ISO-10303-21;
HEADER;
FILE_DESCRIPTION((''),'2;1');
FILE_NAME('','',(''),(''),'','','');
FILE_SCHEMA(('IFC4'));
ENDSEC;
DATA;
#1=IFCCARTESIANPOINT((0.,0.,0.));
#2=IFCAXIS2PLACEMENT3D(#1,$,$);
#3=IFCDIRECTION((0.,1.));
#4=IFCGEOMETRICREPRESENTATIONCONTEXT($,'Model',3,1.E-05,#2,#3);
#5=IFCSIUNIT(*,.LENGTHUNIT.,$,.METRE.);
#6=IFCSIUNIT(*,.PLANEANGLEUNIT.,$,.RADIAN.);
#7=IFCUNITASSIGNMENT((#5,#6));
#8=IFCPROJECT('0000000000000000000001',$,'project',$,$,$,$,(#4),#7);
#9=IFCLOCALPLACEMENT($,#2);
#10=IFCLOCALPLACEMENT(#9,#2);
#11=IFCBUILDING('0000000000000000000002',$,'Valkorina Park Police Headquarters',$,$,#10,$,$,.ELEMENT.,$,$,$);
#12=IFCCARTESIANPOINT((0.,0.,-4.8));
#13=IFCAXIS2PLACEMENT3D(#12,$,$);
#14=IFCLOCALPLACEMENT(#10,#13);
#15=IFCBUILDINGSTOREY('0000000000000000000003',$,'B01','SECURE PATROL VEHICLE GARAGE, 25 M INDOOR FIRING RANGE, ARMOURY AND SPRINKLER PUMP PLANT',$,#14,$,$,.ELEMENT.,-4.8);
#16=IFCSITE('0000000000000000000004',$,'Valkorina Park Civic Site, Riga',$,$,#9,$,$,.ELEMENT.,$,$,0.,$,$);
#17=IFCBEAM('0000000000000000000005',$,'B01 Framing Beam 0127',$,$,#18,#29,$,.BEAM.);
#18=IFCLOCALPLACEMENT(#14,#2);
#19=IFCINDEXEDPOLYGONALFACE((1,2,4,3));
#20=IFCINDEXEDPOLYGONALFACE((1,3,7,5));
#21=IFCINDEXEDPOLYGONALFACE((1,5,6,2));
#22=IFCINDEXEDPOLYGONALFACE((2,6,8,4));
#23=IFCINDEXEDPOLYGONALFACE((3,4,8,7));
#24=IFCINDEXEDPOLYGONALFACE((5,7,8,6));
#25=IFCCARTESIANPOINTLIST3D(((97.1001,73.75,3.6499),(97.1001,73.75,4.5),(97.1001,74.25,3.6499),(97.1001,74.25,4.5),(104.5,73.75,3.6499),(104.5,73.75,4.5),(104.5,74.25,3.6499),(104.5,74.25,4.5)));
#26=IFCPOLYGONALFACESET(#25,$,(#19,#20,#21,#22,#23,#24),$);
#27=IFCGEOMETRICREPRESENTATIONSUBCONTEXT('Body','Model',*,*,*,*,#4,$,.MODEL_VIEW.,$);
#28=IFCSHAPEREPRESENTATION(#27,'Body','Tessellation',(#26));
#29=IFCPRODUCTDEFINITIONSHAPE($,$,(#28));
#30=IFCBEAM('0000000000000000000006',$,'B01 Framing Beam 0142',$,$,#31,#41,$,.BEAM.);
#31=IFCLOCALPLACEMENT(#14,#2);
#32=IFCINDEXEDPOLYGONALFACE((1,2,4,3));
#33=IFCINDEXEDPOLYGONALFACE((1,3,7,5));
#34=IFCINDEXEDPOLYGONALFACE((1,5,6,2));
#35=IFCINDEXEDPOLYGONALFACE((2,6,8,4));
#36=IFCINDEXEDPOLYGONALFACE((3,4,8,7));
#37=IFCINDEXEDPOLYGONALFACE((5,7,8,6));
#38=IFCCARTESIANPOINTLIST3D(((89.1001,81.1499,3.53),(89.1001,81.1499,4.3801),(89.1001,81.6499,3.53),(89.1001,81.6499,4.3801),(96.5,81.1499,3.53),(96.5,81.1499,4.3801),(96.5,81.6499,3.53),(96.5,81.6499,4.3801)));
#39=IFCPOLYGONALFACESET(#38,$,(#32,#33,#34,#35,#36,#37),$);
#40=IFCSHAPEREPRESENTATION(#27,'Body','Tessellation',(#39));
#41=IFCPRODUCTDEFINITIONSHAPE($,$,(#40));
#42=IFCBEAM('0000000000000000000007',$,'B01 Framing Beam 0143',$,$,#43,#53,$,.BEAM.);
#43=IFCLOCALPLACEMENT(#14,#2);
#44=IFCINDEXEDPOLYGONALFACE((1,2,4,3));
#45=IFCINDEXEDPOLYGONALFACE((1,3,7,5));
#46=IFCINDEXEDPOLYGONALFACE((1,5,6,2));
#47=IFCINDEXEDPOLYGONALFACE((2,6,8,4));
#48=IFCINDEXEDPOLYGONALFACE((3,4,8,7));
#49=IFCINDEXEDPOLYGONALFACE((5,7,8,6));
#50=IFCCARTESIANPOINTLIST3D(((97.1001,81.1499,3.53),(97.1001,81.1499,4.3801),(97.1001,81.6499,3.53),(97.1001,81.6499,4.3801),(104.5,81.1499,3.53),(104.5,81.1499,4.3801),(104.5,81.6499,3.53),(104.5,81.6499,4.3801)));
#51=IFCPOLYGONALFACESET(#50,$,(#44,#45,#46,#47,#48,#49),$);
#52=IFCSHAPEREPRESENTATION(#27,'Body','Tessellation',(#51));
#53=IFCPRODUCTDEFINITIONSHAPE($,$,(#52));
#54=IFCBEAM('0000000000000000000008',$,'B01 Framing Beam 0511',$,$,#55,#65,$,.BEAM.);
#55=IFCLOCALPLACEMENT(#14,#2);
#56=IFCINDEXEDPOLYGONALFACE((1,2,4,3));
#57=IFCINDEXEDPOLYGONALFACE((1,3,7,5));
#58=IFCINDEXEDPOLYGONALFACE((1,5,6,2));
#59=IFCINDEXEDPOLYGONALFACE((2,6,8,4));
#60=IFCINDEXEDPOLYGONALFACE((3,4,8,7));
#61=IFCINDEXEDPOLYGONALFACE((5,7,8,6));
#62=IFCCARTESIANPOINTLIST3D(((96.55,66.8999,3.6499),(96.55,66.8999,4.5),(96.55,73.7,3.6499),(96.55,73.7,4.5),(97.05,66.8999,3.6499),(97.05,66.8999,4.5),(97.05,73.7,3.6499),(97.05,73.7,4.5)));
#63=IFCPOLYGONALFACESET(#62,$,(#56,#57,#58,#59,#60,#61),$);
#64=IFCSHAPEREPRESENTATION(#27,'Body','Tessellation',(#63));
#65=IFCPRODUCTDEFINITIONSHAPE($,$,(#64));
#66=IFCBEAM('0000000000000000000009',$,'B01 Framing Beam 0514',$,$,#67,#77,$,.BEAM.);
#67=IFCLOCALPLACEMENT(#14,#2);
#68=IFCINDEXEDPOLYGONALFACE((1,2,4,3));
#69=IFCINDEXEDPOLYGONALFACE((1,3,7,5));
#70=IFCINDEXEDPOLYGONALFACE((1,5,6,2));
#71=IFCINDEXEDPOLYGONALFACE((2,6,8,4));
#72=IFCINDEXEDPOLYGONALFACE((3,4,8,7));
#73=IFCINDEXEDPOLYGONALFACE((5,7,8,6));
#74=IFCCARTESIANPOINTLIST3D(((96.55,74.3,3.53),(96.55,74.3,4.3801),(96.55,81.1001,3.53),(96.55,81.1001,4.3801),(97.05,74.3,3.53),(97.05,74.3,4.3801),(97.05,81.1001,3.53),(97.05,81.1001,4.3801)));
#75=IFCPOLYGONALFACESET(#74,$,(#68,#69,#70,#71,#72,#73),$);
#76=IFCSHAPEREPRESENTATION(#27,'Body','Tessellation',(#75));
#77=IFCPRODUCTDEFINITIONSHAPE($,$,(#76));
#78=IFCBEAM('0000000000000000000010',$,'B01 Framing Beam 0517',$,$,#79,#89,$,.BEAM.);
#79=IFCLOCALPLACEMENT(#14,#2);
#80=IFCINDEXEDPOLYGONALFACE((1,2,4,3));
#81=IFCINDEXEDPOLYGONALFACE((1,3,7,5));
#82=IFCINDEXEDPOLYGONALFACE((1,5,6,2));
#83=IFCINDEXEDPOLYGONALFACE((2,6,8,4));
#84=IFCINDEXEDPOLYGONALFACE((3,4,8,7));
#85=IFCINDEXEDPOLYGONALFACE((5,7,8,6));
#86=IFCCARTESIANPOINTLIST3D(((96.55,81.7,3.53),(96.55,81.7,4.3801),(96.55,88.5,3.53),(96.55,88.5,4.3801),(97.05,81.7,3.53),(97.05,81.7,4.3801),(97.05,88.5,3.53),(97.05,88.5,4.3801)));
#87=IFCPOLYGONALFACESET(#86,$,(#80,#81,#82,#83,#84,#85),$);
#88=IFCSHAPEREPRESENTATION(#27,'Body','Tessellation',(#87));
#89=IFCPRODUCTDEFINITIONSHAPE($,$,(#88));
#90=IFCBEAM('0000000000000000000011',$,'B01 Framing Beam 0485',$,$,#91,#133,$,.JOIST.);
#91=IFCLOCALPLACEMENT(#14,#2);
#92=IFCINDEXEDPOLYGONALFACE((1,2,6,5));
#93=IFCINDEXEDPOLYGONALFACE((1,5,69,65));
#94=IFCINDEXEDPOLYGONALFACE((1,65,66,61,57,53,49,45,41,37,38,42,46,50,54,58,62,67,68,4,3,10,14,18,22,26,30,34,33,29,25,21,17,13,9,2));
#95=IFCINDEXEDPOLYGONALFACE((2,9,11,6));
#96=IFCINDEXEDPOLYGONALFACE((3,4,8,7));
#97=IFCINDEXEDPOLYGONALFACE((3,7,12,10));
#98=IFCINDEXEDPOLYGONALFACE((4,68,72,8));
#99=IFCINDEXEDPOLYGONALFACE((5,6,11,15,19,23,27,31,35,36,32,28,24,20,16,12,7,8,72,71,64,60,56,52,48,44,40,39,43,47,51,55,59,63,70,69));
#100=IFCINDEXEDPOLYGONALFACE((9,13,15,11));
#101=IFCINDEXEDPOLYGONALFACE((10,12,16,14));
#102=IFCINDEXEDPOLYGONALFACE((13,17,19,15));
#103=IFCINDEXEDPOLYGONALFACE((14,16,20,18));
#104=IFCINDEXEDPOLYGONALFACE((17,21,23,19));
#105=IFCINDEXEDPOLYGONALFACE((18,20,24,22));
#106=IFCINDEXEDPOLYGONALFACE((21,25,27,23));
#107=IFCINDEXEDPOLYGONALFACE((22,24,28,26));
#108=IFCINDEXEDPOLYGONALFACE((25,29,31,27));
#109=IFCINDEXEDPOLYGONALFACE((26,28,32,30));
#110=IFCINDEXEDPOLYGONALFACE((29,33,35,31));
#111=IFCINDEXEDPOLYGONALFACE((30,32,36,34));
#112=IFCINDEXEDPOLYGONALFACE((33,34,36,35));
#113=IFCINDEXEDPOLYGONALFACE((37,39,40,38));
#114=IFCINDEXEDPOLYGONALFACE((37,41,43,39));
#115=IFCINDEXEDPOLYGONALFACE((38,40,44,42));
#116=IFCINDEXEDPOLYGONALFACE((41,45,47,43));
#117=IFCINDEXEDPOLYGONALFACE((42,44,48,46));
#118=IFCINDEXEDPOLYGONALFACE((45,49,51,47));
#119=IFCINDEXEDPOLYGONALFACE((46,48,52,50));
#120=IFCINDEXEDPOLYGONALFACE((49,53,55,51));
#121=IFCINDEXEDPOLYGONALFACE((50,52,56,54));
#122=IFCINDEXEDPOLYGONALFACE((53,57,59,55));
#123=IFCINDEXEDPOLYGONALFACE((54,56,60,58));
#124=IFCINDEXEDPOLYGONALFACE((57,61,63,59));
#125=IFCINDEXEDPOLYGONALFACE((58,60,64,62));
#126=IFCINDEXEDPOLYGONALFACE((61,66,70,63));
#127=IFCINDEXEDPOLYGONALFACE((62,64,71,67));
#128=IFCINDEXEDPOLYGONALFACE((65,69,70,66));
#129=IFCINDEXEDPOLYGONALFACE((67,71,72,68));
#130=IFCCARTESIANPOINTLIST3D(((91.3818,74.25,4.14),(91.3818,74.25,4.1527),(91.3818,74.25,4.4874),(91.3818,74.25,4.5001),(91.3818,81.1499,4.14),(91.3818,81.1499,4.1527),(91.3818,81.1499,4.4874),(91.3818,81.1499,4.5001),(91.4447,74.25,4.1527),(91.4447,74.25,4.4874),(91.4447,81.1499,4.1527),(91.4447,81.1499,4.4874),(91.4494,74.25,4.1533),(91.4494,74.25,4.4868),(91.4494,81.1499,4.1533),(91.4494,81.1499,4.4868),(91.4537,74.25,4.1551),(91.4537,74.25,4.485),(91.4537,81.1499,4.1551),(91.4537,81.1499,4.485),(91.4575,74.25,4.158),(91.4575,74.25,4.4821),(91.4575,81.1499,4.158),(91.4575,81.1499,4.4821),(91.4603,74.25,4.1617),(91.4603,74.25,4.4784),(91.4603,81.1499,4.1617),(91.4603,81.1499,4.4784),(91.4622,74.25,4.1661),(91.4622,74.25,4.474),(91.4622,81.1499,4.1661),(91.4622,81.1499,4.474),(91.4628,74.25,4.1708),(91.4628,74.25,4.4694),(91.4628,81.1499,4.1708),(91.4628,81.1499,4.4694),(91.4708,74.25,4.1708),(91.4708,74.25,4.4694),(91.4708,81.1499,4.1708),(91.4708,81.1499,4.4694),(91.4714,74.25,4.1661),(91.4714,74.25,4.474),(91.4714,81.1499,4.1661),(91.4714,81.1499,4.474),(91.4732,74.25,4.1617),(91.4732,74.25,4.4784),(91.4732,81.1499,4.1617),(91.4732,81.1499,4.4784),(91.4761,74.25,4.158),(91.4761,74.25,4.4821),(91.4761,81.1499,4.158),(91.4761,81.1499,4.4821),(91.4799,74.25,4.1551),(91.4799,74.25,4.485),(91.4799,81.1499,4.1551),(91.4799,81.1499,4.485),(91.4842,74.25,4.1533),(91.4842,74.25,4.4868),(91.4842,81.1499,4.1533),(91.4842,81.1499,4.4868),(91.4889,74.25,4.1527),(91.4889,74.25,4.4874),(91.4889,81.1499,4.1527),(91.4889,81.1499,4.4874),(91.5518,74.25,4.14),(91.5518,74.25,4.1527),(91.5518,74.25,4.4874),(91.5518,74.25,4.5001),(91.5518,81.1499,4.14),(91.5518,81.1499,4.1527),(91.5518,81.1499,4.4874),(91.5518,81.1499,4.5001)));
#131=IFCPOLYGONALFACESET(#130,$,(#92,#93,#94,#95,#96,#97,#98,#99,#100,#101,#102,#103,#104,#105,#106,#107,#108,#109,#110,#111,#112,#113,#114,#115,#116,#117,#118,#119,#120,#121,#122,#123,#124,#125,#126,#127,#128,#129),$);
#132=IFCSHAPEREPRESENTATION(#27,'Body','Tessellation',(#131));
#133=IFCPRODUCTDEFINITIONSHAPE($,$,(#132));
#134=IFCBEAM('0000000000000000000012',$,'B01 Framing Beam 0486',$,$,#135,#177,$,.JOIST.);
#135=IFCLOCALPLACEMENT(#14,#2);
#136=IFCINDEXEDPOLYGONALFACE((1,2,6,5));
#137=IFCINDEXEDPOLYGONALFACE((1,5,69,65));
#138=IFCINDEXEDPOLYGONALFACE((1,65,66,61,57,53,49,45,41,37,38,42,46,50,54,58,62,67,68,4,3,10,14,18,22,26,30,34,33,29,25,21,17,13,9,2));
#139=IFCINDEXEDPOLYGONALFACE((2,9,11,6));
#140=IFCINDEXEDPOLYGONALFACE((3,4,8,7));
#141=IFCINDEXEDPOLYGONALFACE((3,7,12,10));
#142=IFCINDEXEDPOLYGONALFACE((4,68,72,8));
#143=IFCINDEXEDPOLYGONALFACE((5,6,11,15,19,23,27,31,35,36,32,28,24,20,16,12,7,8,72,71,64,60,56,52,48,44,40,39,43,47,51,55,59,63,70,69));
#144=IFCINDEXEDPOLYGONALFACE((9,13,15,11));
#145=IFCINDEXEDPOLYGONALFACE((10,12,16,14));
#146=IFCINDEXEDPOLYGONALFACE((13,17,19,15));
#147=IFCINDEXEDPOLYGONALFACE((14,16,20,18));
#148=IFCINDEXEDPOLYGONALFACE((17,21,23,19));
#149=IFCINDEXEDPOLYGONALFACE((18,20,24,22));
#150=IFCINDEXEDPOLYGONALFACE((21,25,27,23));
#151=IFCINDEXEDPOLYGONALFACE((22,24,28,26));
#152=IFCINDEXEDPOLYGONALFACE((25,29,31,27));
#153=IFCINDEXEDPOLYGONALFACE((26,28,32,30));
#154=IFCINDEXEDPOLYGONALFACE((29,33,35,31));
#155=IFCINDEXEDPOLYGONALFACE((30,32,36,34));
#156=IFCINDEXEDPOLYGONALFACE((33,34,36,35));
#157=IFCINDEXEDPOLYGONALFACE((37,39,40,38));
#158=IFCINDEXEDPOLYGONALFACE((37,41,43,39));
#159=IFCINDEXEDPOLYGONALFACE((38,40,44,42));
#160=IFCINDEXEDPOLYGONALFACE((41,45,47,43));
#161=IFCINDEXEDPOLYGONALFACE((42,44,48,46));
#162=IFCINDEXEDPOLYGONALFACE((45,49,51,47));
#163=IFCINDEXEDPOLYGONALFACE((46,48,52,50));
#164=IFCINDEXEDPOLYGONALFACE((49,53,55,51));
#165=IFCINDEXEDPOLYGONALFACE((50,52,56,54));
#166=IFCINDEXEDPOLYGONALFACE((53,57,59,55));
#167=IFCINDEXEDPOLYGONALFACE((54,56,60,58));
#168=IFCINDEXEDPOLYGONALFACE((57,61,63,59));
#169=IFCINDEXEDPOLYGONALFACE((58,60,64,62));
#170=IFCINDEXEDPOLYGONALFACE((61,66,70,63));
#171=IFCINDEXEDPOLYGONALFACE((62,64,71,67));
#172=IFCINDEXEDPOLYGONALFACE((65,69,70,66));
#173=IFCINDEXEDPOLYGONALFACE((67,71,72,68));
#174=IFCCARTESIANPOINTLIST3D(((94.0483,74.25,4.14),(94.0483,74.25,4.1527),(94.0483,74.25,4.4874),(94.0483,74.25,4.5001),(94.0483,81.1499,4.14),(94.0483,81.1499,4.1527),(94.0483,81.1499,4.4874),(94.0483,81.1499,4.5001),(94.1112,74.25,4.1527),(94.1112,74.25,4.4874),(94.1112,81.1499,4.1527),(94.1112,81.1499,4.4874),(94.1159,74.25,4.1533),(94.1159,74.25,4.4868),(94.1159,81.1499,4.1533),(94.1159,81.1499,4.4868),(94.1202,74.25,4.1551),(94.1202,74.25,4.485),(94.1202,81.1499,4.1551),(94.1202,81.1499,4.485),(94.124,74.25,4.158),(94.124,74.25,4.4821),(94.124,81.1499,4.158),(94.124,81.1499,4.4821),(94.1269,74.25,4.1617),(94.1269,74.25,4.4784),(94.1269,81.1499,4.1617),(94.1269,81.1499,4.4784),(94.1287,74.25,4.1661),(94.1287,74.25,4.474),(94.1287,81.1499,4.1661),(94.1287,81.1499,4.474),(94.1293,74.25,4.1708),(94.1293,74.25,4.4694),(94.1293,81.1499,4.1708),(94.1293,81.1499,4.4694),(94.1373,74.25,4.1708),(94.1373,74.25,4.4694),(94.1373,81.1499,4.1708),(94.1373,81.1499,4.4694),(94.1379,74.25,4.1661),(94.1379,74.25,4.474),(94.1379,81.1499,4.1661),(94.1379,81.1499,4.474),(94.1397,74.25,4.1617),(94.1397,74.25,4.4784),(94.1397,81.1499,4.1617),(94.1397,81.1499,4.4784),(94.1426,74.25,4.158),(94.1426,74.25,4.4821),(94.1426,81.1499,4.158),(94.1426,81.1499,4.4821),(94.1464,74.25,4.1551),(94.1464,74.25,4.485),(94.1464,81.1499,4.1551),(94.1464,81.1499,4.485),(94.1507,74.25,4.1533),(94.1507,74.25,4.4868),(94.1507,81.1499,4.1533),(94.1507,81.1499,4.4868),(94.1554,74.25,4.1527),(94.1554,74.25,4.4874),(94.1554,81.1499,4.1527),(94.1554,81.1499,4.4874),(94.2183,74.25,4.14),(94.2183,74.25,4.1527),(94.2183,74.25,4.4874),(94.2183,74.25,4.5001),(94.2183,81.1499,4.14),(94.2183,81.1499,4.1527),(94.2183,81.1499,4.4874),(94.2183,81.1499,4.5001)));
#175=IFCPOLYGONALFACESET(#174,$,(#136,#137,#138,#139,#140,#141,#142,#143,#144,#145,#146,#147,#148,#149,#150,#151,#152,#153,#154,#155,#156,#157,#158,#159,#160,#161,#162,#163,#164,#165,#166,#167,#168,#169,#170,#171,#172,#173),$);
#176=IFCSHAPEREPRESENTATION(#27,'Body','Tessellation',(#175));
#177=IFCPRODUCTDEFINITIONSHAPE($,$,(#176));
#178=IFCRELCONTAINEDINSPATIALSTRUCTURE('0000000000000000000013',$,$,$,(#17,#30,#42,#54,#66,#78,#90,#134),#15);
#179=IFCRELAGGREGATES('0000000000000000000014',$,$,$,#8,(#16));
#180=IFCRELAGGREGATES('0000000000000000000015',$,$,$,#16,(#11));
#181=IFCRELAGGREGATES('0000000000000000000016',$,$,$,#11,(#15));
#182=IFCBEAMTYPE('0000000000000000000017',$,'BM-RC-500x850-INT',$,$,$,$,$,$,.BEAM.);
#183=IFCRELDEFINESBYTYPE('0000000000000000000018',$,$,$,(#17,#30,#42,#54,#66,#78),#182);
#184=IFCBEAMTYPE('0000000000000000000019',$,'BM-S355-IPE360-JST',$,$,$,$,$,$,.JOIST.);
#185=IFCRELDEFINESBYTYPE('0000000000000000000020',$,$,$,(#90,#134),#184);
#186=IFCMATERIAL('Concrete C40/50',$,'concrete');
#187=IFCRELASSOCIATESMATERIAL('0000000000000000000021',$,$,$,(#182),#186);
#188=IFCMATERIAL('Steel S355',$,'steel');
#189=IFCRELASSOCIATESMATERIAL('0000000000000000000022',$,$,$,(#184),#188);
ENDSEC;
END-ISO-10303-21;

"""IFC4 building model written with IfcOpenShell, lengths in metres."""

from ifc_helpers import new_model, si_unit, direction, frame, origin, origin_2d, place, context, subcontext, project, spatial, rectangle, i_section, extrude, material, material_profile, profile_set, type_object, element, save


model = new_model("IFC4")

# Units and contexts
model_context = context("Model", 3, precision=1e-05, world=origin(), true_north=direction((0.0, 1.0)))
body_context = subcontext(model_context, "Body", "Model", "MODEL_VIEW")
ifc_project = project(units=[si_unit("LENGTHUNIT", "METRE"), si_unit("PLANEANGLEUNIT", "RADIAN")], contexts=[model_context])

# Site, building, storey
site_placement = place(None, origin())
site = spatial("IfcSite", under=ifc_project, at=site_placement, Name="Valkorina Park Civic Site, Riga", CompositionType="ELEMENT", RefElevation=0.0)
building_placement = place(site_placement, origin())
building = spatial("IfcBuilding", under=site, at=building_placement, Name="Valkorina Park Police Headquarters", CompositionType="ELEMENT")
storey_placement = place(building_placement, frame((0.0, 0.0, -4.8)))
storey = spatial("IfcBuildingStorey", under=building, at=storey_placement, Name="B01", Description="SECURE PATROL VEHICLE GARAGE, 25 M INDOOR FIRING RANGE, ARMOURY AND SPRINKLER PUMP PLANT", CompositionType="ELEMENT", Elevation=-4.8)

# Shared definitions
ifc_material_1 = material(Name="Concrete C40/50", Category="concrete")

# Beams
ifc_material_profile_1 = material_profile(ifc_material_1, rectangle(XDim=0.5, YDim=0.8501, at=origin_2d()), Name="RC BEAM 500x850")
ifc_profile_set_1 = profile_set([ifc_material_profile_1], Name="Concrete C40/50")
beam_type_1 = type_object("IfcBeamType", Name="BM-RC-500x850-INT", PredefinedType="BEAM", material=ifc_profile_set_1)
for number, where, z_axis, x_axis, name in (
    (1, (97.1001, 74.0, 4.075), (1.0, 0.0, 0.0), (0.0, 1.0, 0.0), "B01 Framing Beam 0127"),
    (2, (89.1001, 81.3999, 3.9551), (1.0, 0.0, 0.0), (0.0, 1.0, 0.0), "B01 Framing Beam 0142"),
    (3, (97.1001, 81.3999, 3.9551), (1.0, 0.0, 0.0), (0.0, 1.0, 0.0), "B01 Framing Beam 0143"),
):
    element("IfcBeam", number, at=place(storey_placement, frame(where, z_axis=z_axis, x_axis=x_axis)), inside=storey, type_object=beam_type_1, Name=name, PredefinedType="BEAM", context=body_context, shape_type="SweptSolid", body=[
        extrude(rectangle(XDim=0.5, YDim=0.8501, at=origin_2d()), origin(), (0.0, 0.0, 1.0), 7.3999),
    ])
for number, where, z_axis, x_axis, name in (
    (4, (96.8, 66.8999, 4.075), (0.0, 1.0, 0.0), (-1.0, 0.0, 0.0), "B01 Framing Beam 0511"),
    (5, (96.8, 74.3, 3.9551), (0.0, 1.0, 0.0), (-1.0, 0.0, 0.0), "B01 Framing Beam 0514"),
    (6, (96.8, 81.7, 3.9551), (0.0, 1.0, 0.0), (-1.0, 0.0, 0.0), "B01 Framing Beam 0517"),
):
    element("IfcBeam", number, at=place(storey_placement, frame(where, z_axis=z_axis, x_axis=x_axis)), inside=storey, type_object=beam_type_1, Name=name, PredefinedType="BEAM", context=body_context, shape_type="SweptSolid", body=[
        extrude(rectangle(XDim=0.5, YDim=0.8501, at=origin_2d()), origin(), (0.0, 0.0, 1.0), 6.8),
    ])
ifc_material_2 = material(Name="Steel S355", Category="steel")
ifc_material_profile_2 = material_profile(ifc_material_2, i_section(OverallWidth=0.1699, OverallDepth=0.3601, WebThickness=0.0081, FlangeThickness=0.0127, FilletRadius=0.0181, at=origin_2d()), Name="IPE 360")
ifc_profile_set_2 = profile_set([ifc_material_profile_2], Name="Steel S355")
beam_type_2 = type_object("IfcBeamType", Name="BM-S355-IPE360-JST", PredefinedType="JOIST", material=ifc_profile_set_2)
for number, where, z_axis, x_axis, name in (
    (7, (91.4668, 74.25, 4.3201), (0.0, 1.0, 0.0), (-1.0, 0.0, 0.0), "B01 Framing Beam 0485"),
    (8, (94.1333, 74.25, 4.3201), (0.0, 1.0, 0.0), (-1.0, 0.0, 0.0), "B01 Framing Beam 0486"),
):
    element("IfcBeam", number, at=place(storey_placement, frame(where, z_axis=z_axis, x_axis=x_axis)), inside=storey, type_object=beam_type_2, Name=name, PredefinedType="JOIST", context=body_context, shape_type="SweptSolid", body=[
        extrude(i_section(OverallWidth=0.1699, OverallDepth=0.3601, WebThickness=0.0081, FlangeThickness=0.0127, FilletRadius=0.0181, at=origin_2d()), origin(), (0.0, 0.0, 1.0), 6.8999),
    ])

save(model, "model.ifc")
